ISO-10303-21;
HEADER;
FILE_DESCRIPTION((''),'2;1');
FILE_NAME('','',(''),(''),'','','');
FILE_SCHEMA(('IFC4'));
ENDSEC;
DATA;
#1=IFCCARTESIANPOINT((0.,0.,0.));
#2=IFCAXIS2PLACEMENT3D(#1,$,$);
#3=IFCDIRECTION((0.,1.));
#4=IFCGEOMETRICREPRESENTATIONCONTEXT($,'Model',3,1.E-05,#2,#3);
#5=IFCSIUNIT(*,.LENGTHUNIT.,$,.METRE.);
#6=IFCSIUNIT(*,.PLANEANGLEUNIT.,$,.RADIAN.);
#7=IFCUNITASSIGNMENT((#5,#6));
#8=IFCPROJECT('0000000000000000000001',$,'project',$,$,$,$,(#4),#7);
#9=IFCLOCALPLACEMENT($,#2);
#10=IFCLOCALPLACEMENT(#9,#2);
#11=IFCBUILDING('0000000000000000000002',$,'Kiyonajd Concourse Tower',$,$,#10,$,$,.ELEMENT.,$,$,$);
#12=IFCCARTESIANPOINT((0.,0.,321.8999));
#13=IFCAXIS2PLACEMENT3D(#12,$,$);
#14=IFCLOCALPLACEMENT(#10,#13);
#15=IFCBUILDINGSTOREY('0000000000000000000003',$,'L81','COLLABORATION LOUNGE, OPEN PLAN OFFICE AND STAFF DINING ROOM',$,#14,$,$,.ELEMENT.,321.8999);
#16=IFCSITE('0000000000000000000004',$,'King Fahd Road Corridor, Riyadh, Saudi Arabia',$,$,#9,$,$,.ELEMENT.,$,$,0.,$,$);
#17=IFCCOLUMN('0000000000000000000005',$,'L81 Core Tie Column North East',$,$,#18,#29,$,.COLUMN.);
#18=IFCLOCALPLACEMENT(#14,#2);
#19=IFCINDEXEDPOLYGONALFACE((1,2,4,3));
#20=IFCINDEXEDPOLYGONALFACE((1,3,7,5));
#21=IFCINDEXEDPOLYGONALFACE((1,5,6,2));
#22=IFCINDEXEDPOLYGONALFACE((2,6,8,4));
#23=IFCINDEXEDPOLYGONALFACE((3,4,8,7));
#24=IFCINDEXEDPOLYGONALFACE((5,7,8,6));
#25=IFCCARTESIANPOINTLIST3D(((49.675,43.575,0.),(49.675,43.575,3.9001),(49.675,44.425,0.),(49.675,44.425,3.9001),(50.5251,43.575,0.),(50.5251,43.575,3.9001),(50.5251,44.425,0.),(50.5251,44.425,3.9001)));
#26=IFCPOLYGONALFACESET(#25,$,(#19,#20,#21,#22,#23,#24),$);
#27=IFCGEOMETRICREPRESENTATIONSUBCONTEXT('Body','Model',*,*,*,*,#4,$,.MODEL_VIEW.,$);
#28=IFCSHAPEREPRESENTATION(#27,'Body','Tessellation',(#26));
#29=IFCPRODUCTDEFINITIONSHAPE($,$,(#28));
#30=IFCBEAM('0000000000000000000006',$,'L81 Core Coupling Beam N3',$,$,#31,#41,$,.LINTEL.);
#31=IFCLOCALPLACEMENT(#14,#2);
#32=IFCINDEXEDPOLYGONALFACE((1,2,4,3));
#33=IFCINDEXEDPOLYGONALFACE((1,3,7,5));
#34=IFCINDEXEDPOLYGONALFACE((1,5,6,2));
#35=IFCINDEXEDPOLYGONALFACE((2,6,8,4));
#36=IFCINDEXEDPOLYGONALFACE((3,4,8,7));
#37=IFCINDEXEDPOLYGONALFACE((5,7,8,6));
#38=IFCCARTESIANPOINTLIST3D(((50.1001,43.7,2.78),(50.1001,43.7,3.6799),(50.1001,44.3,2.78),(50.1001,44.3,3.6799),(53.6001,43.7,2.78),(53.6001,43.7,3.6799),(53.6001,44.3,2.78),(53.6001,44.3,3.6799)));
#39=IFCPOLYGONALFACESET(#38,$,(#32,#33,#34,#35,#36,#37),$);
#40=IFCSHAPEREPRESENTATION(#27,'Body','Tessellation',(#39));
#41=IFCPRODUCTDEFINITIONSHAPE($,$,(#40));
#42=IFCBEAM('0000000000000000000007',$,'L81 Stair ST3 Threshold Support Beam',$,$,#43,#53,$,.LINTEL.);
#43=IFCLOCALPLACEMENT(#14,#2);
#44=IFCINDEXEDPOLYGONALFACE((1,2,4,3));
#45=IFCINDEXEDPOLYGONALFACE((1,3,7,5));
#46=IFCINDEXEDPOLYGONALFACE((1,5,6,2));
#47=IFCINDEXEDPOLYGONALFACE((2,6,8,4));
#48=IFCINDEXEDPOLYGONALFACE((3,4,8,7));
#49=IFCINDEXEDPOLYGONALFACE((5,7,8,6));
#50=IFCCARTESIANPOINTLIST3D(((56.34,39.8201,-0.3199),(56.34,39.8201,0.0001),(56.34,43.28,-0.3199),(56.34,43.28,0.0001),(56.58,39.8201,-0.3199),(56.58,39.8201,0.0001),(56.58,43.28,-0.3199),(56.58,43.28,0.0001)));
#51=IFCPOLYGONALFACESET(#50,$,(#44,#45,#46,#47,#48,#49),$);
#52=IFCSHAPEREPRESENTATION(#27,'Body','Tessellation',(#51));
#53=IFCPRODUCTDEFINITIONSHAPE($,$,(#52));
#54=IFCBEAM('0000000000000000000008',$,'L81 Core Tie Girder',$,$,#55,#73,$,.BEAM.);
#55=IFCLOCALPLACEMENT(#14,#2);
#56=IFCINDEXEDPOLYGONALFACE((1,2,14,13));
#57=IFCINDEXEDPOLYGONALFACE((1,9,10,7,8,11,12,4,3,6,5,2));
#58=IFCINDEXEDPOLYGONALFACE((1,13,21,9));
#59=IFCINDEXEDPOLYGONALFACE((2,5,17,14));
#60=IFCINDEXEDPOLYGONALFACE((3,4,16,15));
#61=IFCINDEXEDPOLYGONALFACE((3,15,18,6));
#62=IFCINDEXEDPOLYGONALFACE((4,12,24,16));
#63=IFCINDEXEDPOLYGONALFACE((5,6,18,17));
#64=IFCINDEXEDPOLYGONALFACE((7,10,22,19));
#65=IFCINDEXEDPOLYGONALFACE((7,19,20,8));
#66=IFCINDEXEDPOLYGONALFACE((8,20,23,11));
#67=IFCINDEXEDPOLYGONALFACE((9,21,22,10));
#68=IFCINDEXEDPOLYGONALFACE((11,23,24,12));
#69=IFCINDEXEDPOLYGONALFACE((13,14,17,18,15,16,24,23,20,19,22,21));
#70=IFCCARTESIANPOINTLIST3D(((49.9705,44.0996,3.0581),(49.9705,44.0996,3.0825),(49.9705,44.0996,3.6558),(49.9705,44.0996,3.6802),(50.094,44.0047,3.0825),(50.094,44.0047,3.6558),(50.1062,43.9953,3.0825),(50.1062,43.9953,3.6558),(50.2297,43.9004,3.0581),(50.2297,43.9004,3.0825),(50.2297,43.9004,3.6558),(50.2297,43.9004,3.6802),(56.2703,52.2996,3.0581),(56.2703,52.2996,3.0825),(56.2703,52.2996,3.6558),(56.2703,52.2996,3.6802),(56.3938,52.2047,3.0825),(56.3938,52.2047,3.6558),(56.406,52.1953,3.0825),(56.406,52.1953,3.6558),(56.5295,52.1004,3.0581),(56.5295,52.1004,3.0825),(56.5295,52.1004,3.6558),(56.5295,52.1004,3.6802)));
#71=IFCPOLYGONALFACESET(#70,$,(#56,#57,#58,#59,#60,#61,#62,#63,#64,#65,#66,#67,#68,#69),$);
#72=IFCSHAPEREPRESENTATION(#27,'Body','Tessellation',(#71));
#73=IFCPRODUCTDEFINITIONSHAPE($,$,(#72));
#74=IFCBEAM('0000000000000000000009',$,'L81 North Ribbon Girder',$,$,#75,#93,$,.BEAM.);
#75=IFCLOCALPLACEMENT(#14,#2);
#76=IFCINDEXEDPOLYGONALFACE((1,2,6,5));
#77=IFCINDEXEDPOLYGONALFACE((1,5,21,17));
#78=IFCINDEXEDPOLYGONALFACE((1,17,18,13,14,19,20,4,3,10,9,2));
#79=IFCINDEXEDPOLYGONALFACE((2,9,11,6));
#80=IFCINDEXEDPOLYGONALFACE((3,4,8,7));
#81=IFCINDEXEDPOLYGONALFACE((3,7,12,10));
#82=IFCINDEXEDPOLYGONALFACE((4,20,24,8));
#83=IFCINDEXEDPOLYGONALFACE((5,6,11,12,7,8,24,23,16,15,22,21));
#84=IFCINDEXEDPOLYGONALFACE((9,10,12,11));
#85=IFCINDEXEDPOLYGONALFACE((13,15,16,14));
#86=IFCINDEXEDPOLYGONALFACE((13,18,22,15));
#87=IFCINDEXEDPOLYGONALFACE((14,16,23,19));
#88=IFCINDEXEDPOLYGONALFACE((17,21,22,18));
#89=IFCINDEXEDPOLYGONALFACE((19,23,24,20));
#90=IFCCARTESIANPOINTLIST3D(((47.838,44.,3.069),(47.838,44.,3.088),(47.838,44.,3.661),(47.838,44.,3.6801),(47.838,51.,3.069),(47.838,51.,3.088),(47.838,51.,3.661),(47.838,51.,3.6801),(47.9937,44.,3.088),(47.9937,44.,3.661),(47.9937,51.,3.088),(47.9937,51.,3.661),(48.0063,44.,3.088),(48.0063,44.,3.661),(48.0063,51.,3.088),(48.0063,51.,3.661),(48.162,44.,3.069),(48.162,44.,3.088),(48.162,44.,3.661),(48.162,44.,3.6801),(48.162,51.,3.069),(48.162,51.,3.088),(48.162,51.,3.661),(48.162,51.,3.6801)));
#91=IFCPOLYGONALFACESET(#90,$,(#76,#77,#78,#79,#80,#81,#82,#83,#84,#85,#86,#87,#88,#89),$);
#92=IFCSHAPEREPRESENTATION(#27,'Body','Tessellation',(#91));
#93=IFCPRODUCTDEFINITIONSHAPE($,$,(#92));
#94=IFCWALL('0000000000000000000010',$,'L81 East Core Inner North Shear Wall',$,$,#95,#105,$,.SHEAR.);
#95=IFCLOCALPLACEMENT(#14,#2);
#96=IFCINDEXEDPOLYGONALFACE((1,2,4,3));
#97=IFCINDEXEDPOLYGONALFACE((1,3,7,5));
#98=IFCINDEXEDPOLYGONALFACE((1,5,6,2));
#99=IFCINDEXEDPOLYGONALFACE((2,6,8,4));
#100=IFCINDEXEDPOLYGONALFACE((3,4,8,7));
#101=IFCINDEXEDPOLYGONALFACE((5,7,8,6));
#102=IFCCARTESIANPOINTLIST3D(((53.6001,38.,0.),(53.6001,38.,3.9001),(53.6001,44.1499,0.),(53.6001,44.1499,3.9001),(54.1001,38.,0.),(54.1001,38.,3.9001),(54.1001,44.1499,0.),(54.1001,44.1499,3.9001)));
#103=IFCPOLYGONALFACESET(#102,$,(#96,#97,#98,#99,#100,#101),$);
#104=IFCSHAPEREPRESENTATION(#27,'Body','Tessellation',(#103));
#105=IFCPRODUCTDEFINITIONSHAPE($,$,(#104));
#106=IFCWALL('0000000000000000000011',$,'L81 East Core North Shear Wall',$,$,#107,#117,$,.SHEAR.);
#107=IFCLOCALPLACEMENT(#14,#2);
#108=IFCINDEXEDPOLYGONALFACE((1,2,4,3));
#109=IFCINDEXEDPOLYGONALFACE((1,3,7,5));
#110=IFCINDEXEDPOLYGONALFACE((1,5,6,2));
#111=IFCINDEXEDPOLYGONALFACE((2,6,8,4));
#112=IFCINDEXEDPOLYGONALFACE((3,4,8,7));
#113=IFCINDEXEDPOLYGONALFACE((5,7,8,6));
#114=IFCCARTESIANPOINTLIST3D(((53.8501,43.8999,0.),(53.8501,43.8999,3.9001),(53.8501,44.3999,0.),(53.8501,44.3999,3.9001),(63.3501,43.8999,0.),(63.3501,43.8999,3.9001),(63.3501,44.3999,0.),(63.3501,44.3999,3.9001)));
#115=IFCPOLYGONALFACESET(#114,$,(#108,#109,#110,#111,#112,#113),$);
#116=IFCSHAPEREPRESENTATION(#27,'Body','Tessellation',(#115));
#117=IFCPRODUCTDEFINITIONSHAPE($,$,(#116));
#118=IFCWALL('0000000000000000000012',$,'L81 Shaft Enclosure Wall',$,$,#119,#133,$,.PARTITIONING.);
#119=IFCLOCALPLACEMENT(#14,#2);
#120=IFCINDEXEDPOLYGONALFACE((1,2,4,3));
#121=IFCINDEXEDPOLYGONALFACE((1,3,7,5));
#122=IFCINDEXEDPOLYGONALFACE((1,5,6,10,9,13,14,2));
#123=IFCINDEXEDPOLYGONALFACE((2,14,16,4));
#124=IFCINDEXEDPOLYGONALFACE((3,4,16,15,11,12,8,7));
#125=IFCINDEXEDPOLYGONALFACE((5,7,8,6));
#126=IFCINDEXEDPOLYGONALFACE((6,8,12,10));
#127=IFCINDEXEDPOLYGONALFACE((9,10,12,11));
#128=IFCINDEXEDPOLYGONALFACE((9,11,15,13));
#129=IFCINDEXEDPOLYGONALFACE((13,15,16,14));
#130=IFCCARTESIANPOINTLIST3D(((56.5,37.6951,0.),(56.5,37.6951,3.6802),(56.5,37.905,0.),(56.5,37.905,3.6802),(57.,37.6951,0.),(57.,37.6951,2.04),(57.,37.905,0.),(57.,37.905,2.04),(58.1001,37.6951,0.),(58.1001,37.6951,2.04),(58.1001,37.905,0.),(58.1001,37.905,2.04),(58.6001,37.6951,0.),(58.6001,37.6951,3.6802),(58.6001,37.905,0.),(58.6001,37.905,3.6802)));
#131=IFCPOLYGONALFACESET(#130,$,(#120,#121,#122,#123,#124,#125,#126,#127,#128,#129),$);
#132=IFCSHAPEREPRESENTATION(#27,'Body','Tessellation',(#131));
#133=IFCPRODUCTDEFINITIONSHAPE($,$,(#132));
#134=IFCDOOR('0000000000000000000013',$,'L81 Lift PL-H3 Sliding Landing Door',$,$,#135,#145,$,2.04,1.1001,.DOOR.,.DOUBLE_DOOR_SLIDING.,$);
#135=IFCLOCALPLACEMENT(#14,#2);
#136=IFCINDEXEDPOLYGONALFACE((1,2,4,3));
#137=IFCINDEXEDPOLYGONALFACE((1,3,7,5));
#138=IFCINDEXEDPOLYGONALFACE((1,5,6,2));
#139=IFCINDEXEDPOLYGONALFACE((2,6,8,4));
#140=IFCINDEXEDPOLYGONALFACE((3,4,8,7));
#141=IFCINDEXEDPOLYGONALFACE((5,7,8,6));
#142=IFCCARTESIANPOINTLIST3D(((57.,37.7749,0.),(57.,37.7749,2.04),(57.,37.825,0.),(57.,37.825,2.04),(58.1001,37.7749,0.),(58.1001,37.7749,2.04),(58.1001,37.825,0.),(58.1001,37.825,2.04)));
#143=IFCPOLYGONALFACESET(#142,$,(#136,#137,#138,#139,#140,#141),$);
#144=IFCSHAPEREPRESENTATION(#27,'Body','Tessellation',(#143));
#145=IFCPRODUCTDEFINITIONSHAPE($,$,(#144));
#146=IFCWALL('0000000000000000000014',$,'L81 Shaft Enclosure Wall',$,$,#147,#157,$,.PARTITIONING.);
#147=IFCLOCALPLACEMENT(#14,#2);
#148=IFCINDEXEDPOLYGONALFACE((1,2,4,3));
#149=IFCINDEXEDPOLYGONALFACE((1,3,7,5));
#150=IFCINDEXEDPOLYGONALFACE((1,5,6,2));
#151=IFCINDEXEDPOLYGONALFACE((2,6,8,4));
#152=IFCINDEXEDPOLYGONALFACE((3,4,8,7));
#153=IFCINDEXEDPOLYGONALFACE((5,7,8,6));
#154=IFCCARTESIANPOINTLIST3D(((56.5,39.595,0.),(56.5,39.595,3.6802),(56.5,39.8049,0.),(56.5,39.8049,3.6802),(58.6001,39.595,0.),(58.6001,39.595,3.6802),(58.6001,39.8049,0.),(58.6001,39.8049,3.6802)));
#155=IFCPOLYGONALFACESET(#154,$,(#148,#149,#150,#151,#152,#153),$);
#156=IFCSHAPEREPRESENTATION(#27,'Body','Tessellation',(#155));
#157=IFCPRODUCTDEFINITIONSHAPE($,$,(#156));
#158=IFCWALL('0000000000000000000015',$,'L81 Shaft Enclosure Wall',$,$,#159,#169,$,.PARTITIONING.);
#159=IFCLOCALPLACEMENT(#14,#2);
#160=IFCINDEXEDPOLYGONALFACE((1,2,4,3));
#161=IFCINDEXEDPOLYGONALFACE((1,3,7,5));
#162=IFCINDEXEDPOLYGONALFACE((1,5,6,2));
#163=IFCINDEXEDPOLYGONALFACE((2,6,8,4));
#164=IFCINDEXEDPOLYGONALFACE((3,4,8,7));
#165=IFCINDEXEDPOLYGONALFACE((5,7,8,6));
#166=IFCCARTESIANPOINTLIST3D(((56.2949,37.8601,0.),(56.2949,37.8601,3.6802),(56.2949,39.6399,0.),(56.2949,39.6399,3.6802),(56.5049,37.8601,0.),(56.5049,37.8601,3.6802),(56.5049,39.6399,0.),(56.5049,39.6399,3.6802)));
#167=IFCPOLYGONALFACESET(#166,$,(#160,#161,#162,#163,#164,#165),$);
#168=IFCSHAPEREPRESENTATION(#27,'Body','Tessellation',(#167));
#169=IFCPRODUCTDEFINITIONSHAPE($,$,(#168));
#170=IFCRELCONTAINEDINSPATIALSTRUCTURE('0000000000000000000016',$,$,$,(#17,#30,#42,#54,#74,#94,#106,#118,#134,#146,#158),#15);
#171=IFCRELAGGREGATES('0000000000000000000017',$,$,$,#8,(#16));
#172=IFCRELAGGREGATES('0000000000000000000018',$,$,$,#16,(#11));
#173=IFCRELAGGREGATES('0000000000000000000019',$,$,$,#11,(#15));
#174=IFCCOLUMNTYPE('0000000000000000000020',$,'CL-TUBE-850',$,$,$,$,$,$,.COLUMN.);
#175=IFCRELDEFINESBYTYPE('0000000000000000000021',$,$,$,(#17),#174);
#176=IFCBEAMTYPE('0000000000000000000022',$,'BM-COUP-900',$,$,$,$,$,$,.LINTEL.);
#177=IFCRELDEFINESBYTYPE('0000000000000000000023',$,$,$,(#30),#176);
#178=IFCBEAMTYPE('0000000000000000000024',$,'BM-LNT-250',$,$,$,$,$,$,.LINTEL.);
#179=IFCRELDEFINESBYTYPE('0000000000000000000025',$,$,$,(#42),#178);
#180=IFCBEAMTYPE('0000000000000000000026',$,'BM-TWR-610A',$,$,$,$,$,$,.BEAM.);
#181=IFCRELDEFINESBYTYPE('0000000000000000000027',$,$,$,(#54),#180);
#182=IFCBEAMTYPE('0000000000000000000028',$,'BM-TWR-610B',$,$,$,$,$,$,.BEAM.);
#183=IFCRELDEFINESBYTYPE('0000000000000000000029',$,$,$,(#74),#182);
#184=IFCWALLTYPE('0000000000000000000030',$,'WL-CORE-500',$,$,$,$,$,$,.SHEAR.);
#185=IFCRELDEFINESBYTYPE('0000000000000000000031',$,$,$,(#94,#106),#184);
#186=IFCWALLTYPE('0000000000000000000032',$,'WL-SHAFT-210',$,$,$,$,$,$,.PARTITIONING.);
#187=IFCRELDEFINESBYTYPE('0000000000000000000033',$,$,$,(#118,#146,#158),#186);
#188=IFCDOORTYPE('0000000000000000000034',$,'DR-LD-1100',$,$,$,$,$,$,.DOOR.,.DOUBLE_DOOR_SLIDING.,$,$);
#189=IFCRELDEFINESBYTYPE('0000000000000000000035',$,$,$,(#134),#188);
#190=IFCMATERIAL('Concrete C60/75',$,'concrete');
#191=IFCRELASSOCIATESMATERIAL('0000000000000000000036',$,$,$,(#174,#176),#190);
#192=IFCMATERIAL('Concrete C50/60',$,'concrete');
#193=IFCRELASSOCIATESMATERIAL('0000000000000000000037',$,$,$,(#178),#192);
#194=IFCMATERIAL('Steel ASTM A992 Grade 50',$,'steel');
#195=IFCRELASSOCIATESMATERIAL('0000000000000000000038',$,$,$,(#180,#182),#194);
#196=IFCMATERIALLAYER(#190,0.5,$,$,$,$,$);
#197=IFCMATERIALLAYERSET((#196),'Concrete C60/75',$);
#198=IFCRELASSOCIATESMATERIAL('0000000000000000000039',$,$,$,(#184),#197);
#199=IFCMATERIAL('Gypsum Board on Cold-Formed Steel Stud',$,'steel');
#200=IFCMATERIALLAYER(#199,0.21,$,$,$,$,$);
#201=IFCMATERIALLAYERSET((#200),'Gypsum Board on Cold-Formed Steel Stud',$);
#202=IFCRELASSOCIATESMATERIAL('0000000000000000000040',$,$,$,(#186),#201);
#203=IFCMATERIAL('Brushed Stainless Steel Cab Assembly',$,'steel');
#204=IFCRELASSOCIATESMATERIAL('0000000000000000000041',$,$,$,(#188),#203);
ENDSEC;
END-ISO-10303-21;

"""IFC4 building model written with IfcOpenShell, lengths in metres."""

from ifc_helpers import new_model, si_unit, direction, frame, frame_2d, origin, origin_2d, place, context, subcontext, project, spatial, rectangle, i_section, extrude, material, layer, layer_set, material_profile, profile_set, type_object, element, fill, save


model = new_model("IFC4")

# Units and contexts
model_context = context("Model", 3, precision=1e-05, world=origin(), true_north=direction((0.0, 1.0)))
body_context = subcontext(model_context, "Body", "Model", "MODEL_VIEW")
ifc_project = project(units=[si_unit("LENGTHUNIT", "METRE"), si_unit("PLANEANGLEUNIT", "RADIAN")], contexts=[model_context])

# Site, building, storey
site_placement = place(None, origin())
site = spatial("IfcSite", under=ifc_project, at=site_placement, Name="King Fahd Road Corridor, Riyadh, Saudi Arabia", CompositionType="ELEMENT", RefElevation=0.0)
building_placement = place(site_placement, origin())
building = spatial("IfcBuilding", under=site, at=building_placement, Name="Kiyonajd Concourse Tower", CompositionType="ELEMENT")
storey_placement = place(building_placement, frame((0.0, 0.0, 321.8999)))
storey = spatial("IfcBuildingStorey", under=building, at=storey_placement, Name="L81", Description="COLLABORATION LOUNGE, OPEN PLAN OFFICE AND STAFF DINING ROOM", CompositionType="ELEMENT", Elevation=321.8999)

# Column
ifc_material_1 = material(Name="Concrete C60/75", Category="concrete")
ifc_material_profile_1 = material_profile(ifc_material_1, rectangle(XDim=0.8501, YDim=0.8501, at=origin_2d()), Name="RC-850x850")
ifc_profile_set_1 = profile_set([ifc_material_profile_1], Name="Concrete C60/75")
column_type = type_object("IfcColumnType", Name="CL-TUBE-850", PredefinedType="COLUMN", material=ifc_profile_set_1)
column_placement = place(storey_placement, frame((50.1001, 44.0, 0.0), z_axis=(0.0, 0.0, 1.0), x_axis=(1.0, 0.0, 0.0)))
element("IfcColumn", 1, at=column_placement, inside=storey, type_object=column_type, Name="L81 Core Tie Column North East", PredefinedType="COLUMN", context=body_context, shape_type="SweptSolid", body=[
    extrude(rectangle(XDim=0.8501, YDim=0.8501, at=origin_2d()), origin(), (0.0, 0.0, 1.0), 3.9001),
])

# Beams
ifc_material_profile_2 = material_profile(ifc_material_1, rectangle(XDim=0.6001, YDim=0.8999, at=origin_2d()), Name="RCBM-600x900")
ifc_profile_set_2 = profile_set([ifc_material_profile_2], Name="Concrete C60/75")
beam_type_1 = type_object("IfcBeamType", Name="BM-COUP-900", PredefinedType="LINTEL", material=ifc_profile_set_2)
beam_1_placement = place(storey_placement, frame((50.1001, 44.0, 3.23), z_axis=(1.0, 0.0, 0.0), x_axis=(0.0, 1.0, 0.0)))
element("IfcBeam", 2, at=beam_1_placement, inside=storey, type_object=beam_type_1, Name="L81 Core Coupling Beam N3", PredefinedType="LINTEL", context=body_context, shape_type="SweptSolid", body=[
    extrude(rectangle(XDim=0.6001, YDim=0.8999, at=origin_2d()), origin(), (0.0, 0.0, 1.0), 3.5),
])
ifc_material_2 = material(Name="Concrete C50/60", Category="concrete")
ifc_material_profile_3 = material_profile(ifc_material_2, rectangle(XDim=0.24, YDim=0.3201, at=origin_2d()), Name="RCBM-240x320")
ifc_profile_set_3 = profile_set([ifc_material_profile_3], Name="Concrete C50/60")
beam_type_2 = type_object("IfcBeamType", Name="BM-LNT-250", PredefinedType="LINTEL", material=ifc_profile_set_3)
beam_2_placement = place(storey_placement, frame((56.46, 39.8201, -0.1599), z_axis=(0.0, 1.0, 0.0), x_axis=(-1.0, 0.0, 0.0)))
element("IfcBeam", 3, at=beam_2_placement, inside=storey, type_object=beam_type_2, Name="L81 Stair ST3 Threshold Support Beam", PredefinedType="LINTEL", context=body_context, shape_type="SweptSolid", body=[
    extrude(rectangle(XDim=0.24, YDim=0.3201, at=origin_2d()), origin(), (0.0, 0.0, 1.0), 3.46),
])
ifc_material_3 = material(Name="Steel ASTM A992 Grade 50", Category="steel")
ifc_material_profile_4 = material_profile(ifc_material_3, i_section(OverallWidth=0.3269, OverallDepth=0.6221, WebThickness=0.0154, FlangeThickness=0.0244, at=origin_2d()), Name="W610X195")
ifc_profile_set_4 = profile_set([ifc_material_profile_4], Name="Steel ASTM A992 Grade 50")
beam_type_3 = type_object("IfcBeamType", Name="BM-TWR-610A", PredefinedType="BEAM", material=ifc_profile_set_4)
beam_3_placement = place(storey_placement, frame((50.1001, 44.0, 3.3691), z_axis=(0.609234, 0.792991, 0.0), x_axis=(-0.792991, 0.609234, 0.0)))
element("IfcBeam", 4, at=beam_3_placement, inside=storey, type_object=beam_type_3, Name="L81 Core Tie Girder", PredefinedType="BEAM", context=body_context, shape_type="SweptSolid", body=[
    extrude(i_section(OverallWidth=0.3269, OverallDepth=0.6221, WebThickness=0.0154, FlangeThickness=0.0244, at=origin_2d()), origin(), (0.0, 0.0, 1.0), 10.3406),
])
ifc_material_profile_5 = material_profile(ifc_material_3, i_section(OverallWidth=0.324, OverallDepth=0.6111, WebThickness=0.0127, FlangeThickness=0.019, at=origin_2d()), Name="W610X155")
ifc_profile_set_5 = profile_set([ifc_material_profile_5], Name="Steel ASTM A992 Grade 50")
beam_type_4 = type_object("IfcBeamType", Name="BM-TWR-610B", PredefinedType="BEAM", material=ifc_profile_set_5)
beam_4_placement = place(storey_placement, frame((48.0, 44.0, 3.3745), z_axis=(0.0, 1.0, 0.0), x_axis=(-1.0, 0.0, 0.0)))
element("IfcBeam", 5, at=beam_4_placement, inside=storey, type_object=beam_type_4, Name="L81 North Ribbon Girder", PredefinedType="BEAM", context=body_context, shape_type="SweptSolid", body=[
    extrude(i_section(OverallWidth=0.324, OverallDepth=0.6111, WebThickness=0.0127, FlangeThickness=0.019, at=origin_2d()), origin(), (0.0, 0.0, 1.0), 7.0),
])

# Walls
ifc_layer_1 = layer(ifc_material_1, 0.5)
ifc_layer_set_1 = layer_set([ifc_layer_1], Name="Concrete C60/75")
wall_type_1 = type_object("IfcWallType", Name="WL-CORE-500", PredefinedType="SHEAR", material=ifc_layer_set_1)
wall_1_placement = place(storey_placement, frame((53.8501, 38.0, 0.0), z_axis=(0.0, 0.0, 1.0), x_axis=(0.0, 1.0, 0.0)))
element("IfcWall", 6, at=wall_1_placement, inside=storey, type_object=wall_type_1, Name="L81 East Core Inner North Shear Wall", PredefinedType="SHEAR", context=body_context, shape_type="SweptSolid", body=[
    extrude(rectangle(XDim=6.1499, YDim=0.5, at=frame_2d((3.075, 0.0))), origin(), (0.0, 0.0, 1.0), 3.9001),
])
wall_2_placement = place(storey_placement, frame((53.8501, 44.1499, 0.0), z_axis=(0.0, 0.0, 1.0), x_axis=(1.0, 0.0, 0.0)))
element("IfcWall", 7, at=wall_2_placement, inside=storey, type_object=wall_type_1, Name="L81 East Core North Shear Wall", PredefinedType="SHEAR", context=body_context, shape_type="SweptSolid", body=[
    extrude(rectangle(XDim=9.5, YDim=0.5, at=frame_2d((4.75, 0.0))), origin(), (0.0, 0.0, 1.0), 3.9001),
])

# Wall, opening, door
ifc_material_4 = material(Name="Gypsum Board on Cold-Formed Steel Stud", Category="steel")
ifc_layer_2 = layer(ifc_material_4, 0.21)
ifc_layer_set_2 = layer_set([ifc_layer_2], Name="Gypsum Board on Cold-Formed Steel Stud")
wall_type_2 = type_object("IfcWallType", Name="WL-SHAFT-210", PredefinedType="PARTITIONING", material=ifc_layer_set_2)
wall_3_placement = place(storey_placement, frame((56.5, 37.8, 0.0), z_axis=(0.0, 0.0, 1.0), x_axis=(1.0, 0.0, 0.0)))
wall_3 = element("IfcWall", 8, at=wall_3_placement, inside=storey, type_object=wall_type_2, Name="L81 Shaft Enclosure Wall", PredefinedType="PARTITIONING", context=body_context, shape_type="SweptSolid", body=[
    extrude(rectangle(XDim=2.1001, YDim=0.21, at=frame_2d((1.05, 0.0))), origin(), (0.0, 0.0, 1.0), 3.6802),
])
opening_1_placement = place(wall_3_placement, frame((0.5, 0.0, 0.0)))
opening_1 = element("IfcOpeningElement", 9, at=opening_1_placement, cuts=wall_3, PredefinedType="OPENING", context=body_context, shape_type="SweptSolid", body=[
    extrude(rectangle(XDim=1.1001, YDim=2.04, at=frame_2d((0.55, 1.02))), frame((0.0, 0.115, 0.0), z_axis=(0.0, -1.0, 0.0), x_axis=(1.0, 0.0, 0.0)), (0.0, 0.0, 1.0), 0.23),
])
ifc_material_5 = material(Name="Brushed Stainless Steel Cab Assembly", Category="steel")
door_type_1 = type_object("IfcDoorType", Name="DR-LD-1100", OperationType="DOUBLE_DOOR_SLIDING", PredefinedType="DOOR", material=ifc_material_5)
door_1_placement = place(opening_1_placement, origin())
door_1 = element("IfcDoor", 10, at=door_1_placement, inside=storey, type_object=door_type_1, Name="L81 Lift PL-H3 Sliding Landing Door", OperationType="DOUBLE_DOOR_SLIDING", OverallHeight=2.04, OverallWidth=1.1001, PredefinedType="DOOR", context=body_context, shape_type="SweptSolid", body=[
    extrude(rectangle(XDim=1.1001, YDim=2.04, at=frame_2d((0.55, 1.02))), frame((0.0, 0.0249, 0.0), z_axis=(0.0, -1.0, 0.0), x_axis=(1.0, 0.0, 0.0)), (0.0, 0.0, 1.0), 0.05),
])
fill(opening_1, door_1)

# Walls
wall_4_placement = place(storey_placement, frame((56.5, 39.7, 0.0), z_axis=(0.0, 0.0, 1.0), x_axis=(1.0, 0.0, 0.0)))
element("IfcWall", 11, at=wall_4_placement, inside=storey, type_object=wall_type_2, Name="L81 Shaft Enclosure Wall", PredefinedType="PARTITIONING", context=body_context, shape_type="SweptSolid", body=[
    extrude(rectangle(XDim=2.1001, YDim=0.21, at=frame_2d((1.05, 0.0))), origin(), (0.0, 0.0, 1.0), 3.6802),
])
wall_5_placement = place(storey_placement, frame((56.3999, 37.8601, 0.0), z_axis=(0.0, 0.0, 1.0), x_axis=(0.0, 1.0, 0.0)))
element("IfcWall", 12, at=wall_5_placement, inside=storey, type_object=wall_type_2, Name="L81 Shaft Enclosure Wall", PredefinedType="PARTITIONING", context=body_context, shape_type="SweptSolid", body=[
    extrude(rectangle(XDim=1.7798, YDim=0.21, at=frame_2d((0.8899, 0.0))), origin(), (0.0, 0.0, 1.0), 3.6802),
])

save(model, "model.ifc")
